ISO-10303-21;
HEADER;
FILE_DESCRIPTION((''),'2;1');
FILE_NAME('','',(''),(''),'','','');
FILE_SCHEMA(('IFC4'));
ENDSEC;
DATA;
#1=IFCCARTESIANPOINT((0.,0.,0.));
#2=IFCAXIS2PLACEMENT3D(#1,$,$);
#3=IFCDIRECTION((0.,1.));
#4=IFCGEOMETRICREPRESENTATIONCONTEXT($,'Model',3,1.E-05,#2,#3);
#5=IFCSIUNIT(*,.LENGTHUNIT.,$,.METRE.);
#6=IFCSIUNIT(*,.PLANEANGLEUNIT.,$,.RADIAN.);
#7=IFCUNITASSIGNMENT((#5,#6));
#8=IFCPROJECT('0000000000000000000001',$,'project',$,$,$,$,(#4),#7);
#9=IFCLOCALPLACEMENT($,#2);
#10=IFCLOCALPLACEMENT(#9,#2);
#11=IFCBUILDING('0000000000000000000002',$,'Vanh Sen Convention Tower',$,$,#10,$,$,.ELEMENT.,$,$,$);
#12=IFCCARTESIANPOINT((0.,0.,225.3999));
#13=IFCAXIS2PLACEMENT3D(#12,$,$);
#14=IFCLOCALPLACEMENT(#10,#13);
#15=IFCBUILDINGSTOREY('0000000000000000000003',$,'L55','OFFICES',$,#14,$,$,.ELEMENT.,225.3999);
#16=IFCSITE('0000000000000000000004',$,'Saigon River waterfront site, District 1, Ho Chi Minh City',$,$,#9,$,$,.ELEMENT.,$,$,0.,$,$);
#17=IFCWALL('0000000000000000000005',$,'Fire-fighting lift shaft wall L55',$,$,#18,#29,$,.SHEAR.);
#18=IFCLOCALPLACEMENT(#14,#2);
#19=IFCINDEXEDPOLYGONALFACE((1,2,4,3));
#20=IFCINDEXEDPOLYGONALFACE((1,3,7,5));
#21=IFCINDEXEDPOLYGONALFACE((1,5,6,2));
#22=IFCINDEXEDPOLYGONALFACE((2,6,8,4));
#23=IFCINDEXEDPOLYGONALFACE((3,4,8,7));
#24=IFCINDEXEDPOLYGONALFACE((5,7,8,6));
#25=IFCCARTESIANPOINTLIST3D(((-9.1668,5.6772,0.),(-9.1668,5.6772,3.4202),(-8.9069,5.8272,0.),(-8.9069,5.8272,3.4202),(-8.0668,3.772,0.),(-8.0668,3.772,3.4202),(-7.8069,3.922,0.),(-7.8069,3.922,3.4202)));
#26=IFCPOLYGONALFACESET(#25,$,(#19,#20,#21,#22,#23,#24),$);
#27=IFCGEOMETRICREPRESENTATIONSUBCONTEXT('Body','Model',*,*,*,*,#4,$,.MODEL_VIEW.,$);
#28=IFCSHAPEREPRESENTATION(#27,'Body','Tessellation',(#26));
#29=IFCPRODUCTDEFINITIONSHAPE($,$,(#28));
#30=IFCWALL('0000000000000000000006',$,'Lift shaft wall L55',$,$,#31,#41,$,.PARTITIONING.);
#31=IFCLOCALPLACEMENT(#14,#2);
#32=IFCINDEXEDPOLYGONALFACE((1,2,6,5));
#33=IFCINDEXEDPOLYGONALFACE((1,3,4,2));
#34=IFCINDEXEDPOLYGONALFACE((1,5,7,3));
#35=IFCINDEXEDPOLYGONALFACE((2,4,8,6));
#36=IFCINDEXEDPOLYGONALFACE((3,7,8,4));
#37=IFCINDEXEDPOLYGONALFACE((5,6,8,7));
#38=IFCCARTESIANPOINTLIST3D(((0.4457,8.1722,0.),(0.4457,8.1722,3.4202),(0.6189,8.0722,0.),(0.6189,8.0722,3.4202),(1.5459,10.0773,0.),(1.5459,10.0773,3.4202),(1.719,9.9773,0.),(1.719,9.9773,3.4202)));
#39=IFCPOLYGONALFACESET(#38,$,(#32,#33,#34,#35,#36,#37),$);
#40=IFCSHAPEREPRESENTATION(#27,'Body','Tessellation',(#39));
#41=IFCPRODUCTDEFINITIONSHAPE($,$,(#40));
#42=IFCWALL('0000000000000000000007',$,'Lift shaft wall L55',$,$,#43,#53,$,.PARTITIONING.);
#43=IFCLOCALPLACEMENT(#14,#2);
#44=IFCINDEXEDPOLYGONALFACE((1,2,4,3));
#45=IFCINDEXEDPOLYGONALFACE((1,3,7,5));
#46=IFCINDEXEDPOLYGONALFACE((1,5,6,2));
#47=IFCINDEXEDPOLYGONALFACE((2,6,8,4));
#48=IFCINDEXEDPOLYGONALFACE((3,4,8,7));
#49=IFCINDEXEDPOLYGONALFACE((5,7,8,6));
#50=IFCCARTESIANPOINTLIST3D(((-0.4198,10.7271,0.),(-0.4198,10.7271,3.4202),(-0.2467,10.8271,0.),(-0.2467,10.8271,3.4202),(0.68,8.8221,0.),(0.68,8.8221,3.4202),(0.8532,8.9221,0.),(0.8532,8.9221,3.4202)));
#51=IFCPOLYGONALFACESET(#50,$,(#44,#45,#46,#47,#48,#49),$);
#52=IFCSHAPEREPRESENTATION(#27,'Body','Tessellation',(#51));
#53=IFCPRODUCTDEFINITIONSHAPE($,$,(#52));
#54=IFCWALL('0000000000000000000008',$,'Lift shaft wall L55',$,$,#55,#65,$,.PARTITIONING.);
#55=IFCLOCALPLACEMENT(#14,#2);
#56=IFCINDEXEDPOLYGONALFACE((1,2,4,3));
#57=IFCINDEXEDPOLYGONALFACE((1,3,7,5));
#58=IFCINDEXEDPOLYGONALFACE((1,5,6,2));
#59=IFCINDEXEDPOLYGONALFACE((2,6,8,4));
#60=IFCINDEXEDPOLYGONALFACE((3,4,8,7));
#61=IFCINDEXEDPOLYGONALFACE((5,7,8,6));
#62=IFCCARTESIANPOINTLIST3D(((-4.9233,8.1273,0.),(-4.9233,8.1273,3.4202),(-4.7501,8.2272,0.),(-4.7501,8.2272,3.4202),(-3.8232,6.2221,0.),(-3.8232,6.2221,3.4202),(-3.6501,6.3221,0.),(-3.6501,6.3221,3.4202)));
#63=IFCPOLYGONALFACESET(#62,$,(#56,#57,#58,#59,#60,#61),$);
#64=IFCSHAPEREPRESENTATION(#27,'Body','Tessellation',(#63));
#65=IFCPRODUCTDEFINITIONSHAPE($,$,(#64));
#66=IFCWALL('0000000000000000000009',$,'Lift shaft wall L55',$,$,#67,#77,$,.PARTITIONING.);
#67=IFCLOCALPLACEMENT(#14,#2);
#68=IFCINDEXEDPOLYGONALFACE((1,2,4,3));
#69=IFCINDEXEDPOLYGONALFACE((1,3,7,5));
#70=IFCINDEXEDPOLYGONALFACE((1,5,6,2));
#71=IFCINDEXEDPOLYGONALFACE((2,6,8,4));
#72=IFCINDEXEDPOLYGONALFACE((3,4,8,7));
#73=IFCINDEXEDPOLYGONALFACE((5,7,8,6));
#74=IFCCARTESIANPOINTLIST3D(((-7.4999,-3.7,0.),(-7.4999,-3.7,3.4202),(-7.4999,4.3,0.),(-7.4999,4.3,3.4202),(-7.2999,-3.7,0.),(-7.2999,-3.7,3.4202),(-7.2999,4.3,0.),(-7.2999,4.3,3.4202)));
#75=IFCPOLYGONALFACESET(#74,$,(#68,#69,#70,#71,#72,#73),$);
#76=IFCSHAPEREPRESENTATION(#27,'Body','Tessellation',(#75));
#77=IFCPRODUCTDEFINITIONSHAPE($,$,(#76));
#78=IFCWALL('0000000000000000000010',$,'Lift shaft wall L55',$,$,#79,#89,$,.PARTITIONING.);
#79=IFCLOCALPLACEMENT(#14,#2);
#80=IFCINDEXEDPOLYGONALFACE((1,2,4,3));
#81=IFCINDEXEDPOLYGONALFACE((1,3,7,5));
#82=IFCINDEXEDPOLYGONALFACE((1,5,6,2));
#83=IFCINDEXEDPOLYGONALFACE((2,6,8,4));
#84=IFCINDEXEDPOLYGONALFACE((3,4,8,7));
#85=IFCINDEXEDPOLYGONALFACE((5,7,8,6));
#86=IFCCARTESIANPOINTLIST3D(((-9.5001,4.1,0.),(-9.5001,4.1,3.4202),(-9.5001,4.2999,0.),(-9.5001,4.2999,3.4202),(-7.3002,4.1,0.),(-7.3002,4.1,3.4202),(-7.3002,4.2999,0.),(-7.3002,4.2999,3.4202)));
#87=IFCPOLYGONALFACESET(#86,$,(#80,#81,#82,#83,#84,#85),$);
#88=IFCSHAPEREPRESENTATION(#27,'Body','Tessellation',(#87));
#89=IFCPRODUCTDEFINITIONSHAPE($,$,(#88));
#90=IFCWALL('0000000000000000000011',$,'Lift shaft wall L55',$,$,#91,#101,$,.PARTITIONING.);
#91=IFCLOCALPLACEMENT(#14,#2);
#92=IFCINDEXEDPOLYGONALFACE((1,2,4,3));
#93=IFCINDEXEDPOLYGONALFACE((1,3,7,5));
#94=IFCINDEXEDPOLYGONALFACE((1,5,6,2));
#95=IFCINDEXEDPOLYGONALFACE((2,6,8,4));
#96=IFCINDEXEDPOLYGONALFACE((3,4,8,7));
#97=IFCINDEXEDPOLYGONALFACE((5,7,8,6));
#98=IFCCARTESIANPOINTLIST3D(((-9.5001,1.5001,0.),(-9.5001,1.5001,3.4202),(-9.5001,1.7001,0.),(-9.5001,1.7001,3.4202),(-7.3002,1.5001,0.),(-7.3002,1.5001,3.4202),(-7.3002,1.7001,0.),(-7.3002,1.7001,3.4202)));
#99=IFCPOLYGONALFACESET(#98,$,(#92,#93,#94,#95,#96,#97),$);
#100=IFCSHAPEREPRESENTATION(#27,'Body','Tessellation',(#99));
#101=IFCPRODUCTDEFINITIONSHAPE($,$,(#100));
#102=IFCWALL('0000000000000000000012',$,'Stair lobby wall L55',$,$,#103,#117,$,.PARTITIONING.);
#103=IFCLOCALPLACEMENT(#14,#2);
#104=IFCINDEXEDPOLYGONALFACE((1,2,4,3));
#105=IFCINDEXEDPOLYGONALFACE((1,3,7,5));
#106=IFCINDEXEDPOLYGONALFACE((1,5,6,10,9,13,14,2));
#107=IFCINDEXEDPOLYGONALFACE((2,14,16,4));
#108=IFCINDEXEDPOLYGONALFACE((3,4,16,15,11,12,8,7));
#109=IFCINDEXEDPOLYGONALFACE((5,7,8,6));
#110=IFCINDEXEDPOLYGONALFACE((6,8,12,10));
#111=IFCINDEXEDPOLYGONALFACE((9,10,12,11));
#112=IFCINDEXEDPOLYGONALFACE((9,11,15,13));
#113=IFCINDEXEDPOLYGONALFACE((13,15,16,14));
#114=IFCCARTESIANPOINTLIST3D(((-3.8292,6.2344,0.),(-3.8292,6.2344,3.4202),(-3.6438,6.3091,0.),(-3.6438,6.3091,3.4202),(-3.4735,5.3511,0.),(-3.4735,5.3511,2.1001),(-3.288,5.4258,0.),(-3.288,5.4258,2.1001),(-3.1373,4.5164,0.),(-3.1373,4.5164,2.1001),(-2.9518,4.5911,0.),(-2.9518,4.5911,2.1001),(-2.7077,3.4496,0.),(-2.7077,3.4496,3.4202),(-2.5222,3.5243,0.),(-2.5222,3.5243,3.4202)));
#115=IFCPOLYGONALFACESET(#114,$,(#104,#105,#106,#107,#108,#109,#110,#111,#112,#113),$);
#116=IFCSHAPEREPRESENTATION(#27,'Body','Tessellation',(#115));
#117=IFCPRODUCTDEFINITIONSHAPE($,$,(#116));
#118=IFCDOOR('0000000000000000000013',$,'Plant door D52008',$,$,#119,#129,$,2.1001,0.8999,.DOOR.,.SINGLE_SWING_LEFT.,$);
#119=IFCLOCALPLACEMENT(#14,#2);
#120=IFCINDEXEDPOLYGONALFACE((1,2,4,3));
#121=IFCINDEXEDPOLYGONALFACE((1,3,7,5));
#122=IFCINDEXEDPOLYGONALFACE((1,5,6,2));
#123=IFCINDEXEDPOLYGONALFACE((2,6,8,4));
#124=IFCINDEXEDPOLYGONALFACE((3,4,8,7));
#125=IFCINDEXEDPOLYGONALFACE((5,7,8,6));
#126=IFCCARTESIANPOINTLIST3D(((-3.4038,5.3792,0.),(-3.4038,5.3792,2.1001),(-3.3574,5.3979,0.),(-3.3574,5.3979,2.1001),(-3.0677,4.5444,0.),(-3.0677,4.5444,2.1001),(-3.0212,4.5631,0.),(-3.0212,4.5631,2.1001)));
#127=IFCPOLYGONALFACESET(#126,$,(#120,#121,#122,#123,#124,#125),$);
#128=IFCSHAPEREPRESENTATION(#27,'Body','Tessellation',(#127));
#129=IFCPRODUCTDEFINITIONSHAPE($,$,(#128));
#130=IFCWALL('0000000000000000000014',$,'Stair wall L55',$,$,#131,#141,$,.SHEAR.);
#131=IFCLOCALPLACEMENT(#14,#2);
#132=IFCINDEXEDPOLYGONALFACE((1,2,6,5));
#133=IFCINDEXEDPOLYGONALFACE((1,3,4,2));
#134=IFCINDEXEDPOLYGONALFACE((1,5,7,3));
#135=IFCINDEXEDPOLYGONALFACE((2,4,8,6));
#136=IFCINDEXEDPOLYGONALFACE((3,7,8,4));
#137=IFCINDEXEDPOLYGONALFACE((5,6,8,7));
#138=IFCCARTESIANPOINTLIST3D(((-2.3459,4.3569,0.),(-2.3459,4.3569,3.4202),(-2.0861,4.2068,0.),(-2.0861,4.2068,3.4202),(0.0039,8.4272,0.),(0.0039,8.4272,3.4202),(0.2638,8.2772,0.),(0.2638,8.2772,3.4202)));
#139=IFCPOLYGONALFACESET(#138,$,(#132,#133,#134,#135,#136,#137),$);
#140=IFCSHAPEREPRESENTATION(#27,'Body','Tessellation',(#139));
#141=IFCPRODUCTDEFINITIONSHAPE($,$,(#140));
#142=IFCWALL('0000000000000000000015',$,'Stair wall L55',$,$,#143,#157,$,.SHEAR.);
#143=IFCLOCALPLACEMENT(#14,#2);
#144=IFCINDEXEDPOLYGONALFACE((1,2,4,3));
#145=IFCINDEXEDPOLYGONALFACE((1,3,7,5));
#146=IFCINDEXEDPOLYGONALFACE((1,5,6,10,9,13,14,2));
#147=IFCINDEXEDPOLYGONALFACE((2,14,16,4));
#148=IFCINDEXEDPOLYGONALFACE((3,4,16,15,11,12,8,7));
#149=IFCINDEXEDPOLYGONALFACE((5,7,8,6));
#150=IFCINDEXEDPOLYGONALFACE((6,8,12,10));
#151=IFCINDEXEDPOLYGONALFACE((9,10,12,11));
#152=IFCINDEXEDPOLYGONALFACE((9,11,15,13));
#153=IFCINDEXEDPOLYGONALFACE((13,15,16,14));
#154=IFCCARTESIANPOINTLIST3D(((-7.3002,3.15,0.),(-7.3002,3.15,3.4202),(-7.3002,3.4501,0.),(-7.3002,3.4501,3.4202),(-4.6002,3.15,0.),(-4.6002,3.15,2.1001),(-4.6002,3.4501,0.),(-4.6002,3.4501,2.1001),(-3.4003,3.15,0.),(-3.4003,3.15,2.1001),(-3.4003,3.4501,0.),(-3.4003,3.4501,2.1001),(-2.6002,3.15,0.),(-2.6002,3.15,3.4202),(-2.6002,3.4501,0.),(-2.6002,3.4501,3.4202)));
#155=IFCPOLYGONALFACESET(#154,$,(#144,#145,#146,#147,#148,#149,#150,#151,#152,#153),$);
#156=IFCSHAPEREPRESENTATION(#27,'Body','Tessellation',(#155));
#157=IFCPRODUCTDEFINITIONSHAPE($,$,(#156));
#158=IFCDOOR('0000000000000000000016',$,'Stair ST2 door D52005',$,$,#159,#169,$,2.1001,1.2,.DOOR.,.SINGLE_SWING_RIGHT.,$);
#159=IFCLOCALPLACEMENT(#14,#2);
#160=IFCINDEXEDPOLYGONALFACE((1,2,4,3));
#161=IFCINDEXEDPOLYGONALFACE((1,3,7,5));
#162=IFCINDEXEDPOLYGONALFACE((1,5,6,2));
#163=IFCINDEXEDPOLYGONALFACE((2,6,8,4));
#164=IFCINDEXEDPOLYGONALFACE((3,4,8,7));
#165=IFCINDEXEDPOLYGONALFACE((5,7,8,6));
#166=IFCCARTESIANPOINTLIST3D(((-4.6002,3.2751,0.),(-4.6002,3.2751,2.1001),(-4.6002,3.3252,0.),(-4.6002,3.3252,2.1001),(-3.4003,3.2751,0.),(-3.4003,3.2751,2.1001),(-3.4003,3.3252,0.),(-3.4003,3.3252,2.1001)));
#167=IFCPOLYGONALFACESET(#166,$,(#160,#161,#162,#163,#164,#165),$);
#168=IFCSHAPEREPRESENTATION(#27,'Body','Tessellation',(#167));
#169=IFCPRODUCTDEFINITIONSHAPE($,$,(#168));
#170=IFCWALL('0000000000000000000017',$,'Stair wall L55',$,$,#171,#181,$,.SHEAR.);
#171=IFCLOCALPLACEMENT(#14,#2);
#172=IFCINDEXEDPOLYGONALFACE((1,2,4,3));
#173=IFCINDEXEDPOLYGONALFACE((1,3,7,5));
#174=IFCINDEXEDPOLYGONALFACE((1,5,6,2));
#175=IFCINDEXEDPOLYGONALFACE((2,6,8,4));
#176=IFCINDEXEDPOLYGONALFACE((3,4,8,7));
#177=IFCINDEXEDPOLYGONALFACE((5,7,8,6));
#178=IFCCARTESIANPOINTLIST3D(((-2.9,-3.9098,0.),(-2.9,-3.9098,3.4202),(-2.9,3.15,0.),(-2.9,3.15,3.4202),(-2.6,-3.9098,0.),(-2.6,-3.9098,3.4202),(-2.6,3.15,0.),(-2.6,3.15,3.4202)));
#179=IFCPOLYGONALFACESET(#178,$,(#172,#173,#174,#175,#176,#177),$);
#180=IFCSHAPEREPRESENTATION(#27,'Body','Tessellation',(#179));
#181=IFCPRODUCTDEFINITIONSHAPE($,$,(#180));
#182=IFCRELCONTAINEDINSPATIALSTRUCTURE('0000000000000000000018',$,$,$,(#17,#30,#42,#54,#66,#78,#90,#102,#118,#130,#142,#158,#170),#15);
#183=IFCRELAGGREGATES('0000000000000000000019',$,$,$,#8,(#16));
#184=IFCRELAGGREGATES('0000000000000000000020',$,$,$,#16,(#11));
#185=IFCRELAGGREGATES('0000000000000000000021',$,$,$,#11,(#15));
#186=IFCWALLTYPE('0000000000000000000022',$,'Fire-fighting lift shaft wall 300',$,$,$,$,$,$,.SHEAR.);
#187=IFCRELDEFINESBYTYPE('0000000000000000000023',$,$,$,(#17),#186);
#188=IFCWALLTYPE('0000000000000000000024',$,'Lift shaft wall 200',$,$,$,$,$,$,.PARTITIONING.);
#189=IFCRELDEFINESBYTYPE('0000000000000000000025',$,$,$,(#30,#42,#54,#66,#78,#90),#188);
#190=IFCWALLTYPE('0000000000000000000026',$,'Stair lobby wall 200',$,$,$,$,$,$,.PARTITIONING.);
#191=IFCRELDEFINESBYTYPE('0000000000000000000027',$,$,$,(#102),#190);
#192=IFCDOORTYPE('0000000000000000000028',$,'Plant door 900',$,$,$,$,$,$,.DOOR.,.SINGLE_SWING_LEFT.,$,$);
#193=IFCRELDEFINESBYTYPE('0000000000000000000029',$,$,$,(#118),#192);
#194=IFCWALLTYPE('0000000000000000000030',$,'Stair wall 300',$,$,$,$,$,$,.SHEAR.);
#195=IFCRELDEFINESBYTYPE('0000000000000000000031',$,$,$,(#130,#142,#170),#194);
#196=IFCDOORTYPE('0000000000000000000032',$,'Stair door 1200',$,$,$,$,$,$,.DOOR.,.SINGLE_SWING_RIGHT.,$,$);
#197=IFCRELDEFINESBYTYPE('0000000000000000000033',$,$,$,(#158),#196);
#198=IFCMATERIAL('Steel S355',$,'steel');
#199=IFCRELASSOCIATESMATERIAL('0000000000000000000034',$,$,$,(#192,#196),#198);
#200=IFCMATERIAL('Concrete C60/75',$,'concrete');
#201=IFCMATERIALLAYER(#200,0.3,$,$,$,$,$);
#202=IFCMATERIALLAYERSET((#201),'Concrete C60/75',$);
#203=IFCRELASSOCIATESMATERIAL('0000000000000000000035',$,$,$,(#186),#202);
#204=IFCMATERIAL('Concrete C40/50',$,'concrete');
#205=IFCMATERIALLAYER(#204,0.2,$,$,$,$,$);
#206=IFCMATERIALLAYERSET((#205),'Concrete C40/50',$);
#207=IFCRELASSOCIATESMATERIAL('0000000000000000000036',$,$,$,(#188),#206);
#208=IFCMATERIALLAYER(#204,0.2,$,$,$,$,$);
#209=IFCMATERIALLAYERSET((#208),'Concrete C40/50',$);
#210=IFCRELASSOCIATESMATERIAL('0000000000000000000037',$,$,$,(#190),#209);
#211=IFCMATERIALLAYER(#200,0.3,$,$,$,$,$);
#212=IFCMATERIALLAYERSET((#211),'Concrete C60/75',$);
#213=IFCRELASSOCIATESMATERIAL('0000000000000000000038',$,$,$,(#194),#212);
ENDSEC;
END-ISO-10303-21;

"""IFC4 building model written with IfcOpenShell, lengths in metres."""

from ifc_helpers import new_model, si_unit, direction, frame, frame_2d, origin, place, context, subcontext, project, spatial, rectangle, extrude, material, layer, layer_set, type_object, element, fill, save


model = new_model("IFC4")

# Units and contexts
model_context = context("Model", 3, precision=1e-05, world=origin(), true_north=direction((0.0, 1.0)))
body_context = subcontext(model_context, "Body", "Model", "MODEL_VIEW")
ifc_project = project(units=[si_unit("LENGTHUNIT", "METRE"), si_unit("PLANEANGLEUNIT", "RADIAN")], contexts=[model_context])

# Site, building, storey
site_placement = place(None, origin())
site = spatial("IfcSite", under=ifc_project, at=site_placement, Name="Saigon River waterfront site, District 1, Ho Chi Minh City", CompositionType="ELEMENT", RefElevation=0.0)
building_placement = place(site_placement, origin())
building = spatial("IfcBuilding", under=site, at=building_placement, Name="Vanh Sen Convention Tower", CompositionType="ELEMENT")
storey_placement = place(building_placement, frame((0.0, 0.0, 225.3999)))
storey = spatial("IfcBuildingStorey", under=building, at=storey_placement, Name="L55", Description="OFFICES", CompositionType="ELEMENT", Elevation=225.3999)

# Shared definitions
ifc_material_1 = material(Name="Concrete C40/50", Category="concrete")

# Shared definitions
ifc_material_2 = material(Name="Concrete C60/75", Category="concrete")
ifc_material_3 = material(Name="Steel S355", Category="steel")
door_type_1 = type_object("IfcDoorType", Name="Plant door 900", OperationType="SINGLE_SWING_LEFT", PredefinedType="DOOR", material=ifc_material_3)

# Shared definitions
ifc_layer_1 = layer(ifc_material_2, 0.3)
ifc_layer_set_1 = layer_set([ifc_layer_1], Name="Concrete C60/75")
wall_type_1 = type_object("IfcWallType", Name="Fire-fighting lift shaft wall 300", PredefinedType="SHEAR", material=ifc_layer_set_1)

# Walls
wall_1_placement = place(storey_placement, frame((-7.9368, 3.8469, 0.0), z_axis=(0.0, 0.0, 1.0), x_axis=(-0.50003, 0.866008, 0.0)))
element("IfcWall", 1, at=wall_1_placement, inside=storey, type_object=wall_type_1, Name="Fire-fighting lift shaft wall L55", PredefinedType="SHEAR", context=body_context, shape_type="SweptSolid", body=[
    extrude(rectangle(XDim=2.2, YDim=0.3, at=frame_2d((1.1001, 0.0))), origin(), (0.0, 0.0, 1.0), 3.4202),
])
ifc_layer_2 = layer(ifc_material_1, 0.2)
ifc_layer_set_2 = layer_set([ifc_layer_2], Name="Concrete C40/50")
wall_type_2 = type_object("IfcWallType", Name="Lift shaft wall 200", PredefinedType="PARTITIONING", material=ifc_layer_set_2)
wall_2_placement = place(storey_placement, frame((0.5322, 8.1221, 0.0), z_axis=(0.0, 0.0, 1.0), x_axis=(0.500078, 0.86598, 0.0)))
element("IfcWall", 2, at=wall_2_placement, inside=storey, type_object=wall_type_2, Name="Lift shaft wall L55", PredefinedType="PARTITIONING", context=body_context, shape_type="SweptSolid", body=[
    extrude(rectangle(XDim=2.2, YDim=0.2, at=frame_2d((1.1001, 0.0))), origin(), (0.0, 0.0, 1.0), 3.4202),
])
wall_3_placement = place(storey_placement, frame((0.7666, 8.8721, 0.0), z_axis=(0.0, 0.0, 1.0), x_axis=(-0.499995, 0.866028, 0.0)))
element("IfcWall", 3, at=wall_3_placement, inside=storey, type_object=wall_type_2, Name="Lift shaft wall L55", PredefinedType="PARTITIONING", context=body_context, shape_type="SweptSolid", body=[
    extrude(rectangle(XDim=2.1997, YDim=0.2, at=frame_2d((1.0999, 0.0))), origin(), (0.0, 0.0, 1.0), 3.4202),
])
wall_4_placement = place(storey_placement, frame((-3.7366, 6.272, 0.0), z_axis=(0.0, 0.0, 1.0), x_axis=(-0.50003, 0.866008, 0.0)))
element("IfcWall", 4, at=wall_4_placement, inside=storey, type_object=wall_type_2, Name="Lift shaft wall L55", PredefinedType="PARTITIONING", context=body_context, shape_type="SweptSolid", body=[
    extrude(rectangle(XDim=2.2, YDim=0.2, at=frame_2d((1.1001, 0.0))), origin(), (0.0, 0.0, 1.0), 3.4202),
])
wall_5_placement = place(storey_placement, frame((-7.3999, 4.3, 0.0), z_axis=(0.0, 0.0, 1.0), x_axis=(0.0, -1.0, 0.0)))
element("IfcWall", 5, at=wall_5_placement, inside=storey, type_object=wall_type_2, Name="Lift shaft wall L55", PredefinedType="PARTITIONING", context=body_context, shape_type="SweptSolid", body=[
    extrude(rectangle(XDim=8.0, YDim=0.2, at=frame_2d((4.0, 0.0))), origin(), (0.0, 0.0, 1.0), 3.4202),
])
for number, where, z_axis, x_axis, name in (
    (6, (-7.3, 4.2, 0.0), (0.0, 0.0, 1.0), (-1.0, 0.0, 0.0), "Lift shaft wall L55"),
    (7, (-7.3, 1.6001, 0.0), (0.0, 0.0, 1.0), (-1.0, 0.0, 0.0), "Lift shaft wall L55"),
):
    element("IfcWall", number, at=place(storey_placement, frame(where, z_axis=z_axis, x_axis=x_axis)), inside=storey, type_object=wall_type_2, Name=name, PredefinedType="PARTITIONING", context=body_context, shape_type="SweptSolid", body=[
        extrude(rectangle(XDim=2.2, YDim=0.2, at=frame_2d((1.1001, 0.0))), origin(), (0.0, 0.0, 1.0), 3.4202),
    ])

# Wall, opening, door
ifc_layer_3 = layer(ifc_material_1, 0.2)
ifc_layer_set_3 = layer_set([ifc_layer_3], Name="Concrete C40/50")
wall_type_3 = type_object("IfcWallType", Name="Stair lobby wall 200", PredefinedType="PARTITIONING", material=ifc_layer_set_3)
wall_6_placement = place(storey_placement, frame((-2.615, 3.4871, 0.0), z_axis=(0.0, 0.0, 1.0), x_axis=(-0.373577, 0.927599, 0.0)))
wall_6 = element("IfcWall", 8, at=wall_6_placement, inside=storey, type_object=wall_type_3, Name="Stair lobby wall L55", PredefinedType="PARTITIONING", context=body_context, shape_type="SweptSolid", body=[
    extrude(rectangle(XDim=3.0022, YDim=0.2, at=frame_2d((1.501, 0.0))), origin(), (0.0, 0.0, 1.0), 3.4202),
])
opening_1_placement = place(wall_6_placement, frame((1.1499, 0.0, 0.0)))
opening_1 = element("IfcOpeningElement", 9, at=opening_1_placement, cuts=wall_6, PredefinedType="OPENING", context=body_context, shape_type="SweptSolid", body=[
    extrude(rectangle(XDim=0.8999, YDim=2.1001, at=frame_2d((0.45, 1.05))), frame((0.0, 0.1099, 0.0), z_axis=(0.0, -1.0, 0.0), x_axis=(1.0, 0.0, 0.0)), (0.0, 0.0, 1.0), 0.22),
])
door_1_placement = place(opening_1_placement, origin())
door_1 = element("IfcDoor", 10, at=door_1_placement, inside=storey, type_object=door_type_1, Name="Plant door D52008", OperationType="SINGLE_SWING_LEFT", OverallHeight=2.1001, OverallWidth=0.8999, PredefinedType="DOOR", context=body_context, shape_type="SweptSolid", body=[
    extrude(rectangle(XDim=0.8999, YDim=2.1001, at=frame_2d((0.45, 1.05))), frame((0.0, 0.0249, 0.0), z_axis=(0.0, -1.0, 0.0), x_axis=(1.0, 0.0, 0.0)), (0.0, 0.0, 1.0), 0.05),
])
fill(opening_1, door_1)

# Wall
ifc_layer_4 = layer(ifc_material_2, 0.3)
ifc_layer_set_4 = layer_set([ifc_layer_4], Name="Concrete C60/75")
wall_type_4 = type_object("IfcWallType", Name="Stair wall 300", PredefinedType="SHEAR", material=ifc_layer_set_4)
wall_7_placement = place(storey_placement, frame((-2.2161, 4.2817, 0.0), z_axis=(0.0, 0.0, 1.0), x_axis=(0.499977, 0.866039, 0.0)))
element("IfcWall", 11, at=wall_7_placement, inside=storey, type_object=wall_type_4, Name="Stair wall L55", PredefinedType="SHEAR", context=body_context, shape_type="SweptSolid", body=[
    extrude(rectangle(XDim=4.7, YDim=0.3, at=frame_2d((2.3501, 0.0))), origin(), (0.0, 0.0, 1.0), 3.4202),
])

# Wall, opening, door
wall_8_placement = place(storey_placement, frame((-2.6001, 3.3, 0.0), z_axis=(0.0, 0.0, 1.0), x_axis=(-1.0, 0.0, 0.0)))
wall_8 = element("IfcWall", 12, at=wall_8_placement, inside=storey, type_object=wall_type_4, Name="Stair wall L55", PredefinedType="SHEAR", context=body_context, shape_type="SweptSolid", body=[
    extrude(rectangle(XDim=4.7, YDim=0.3, at=frame_2d((2.3501, 0.0))), origin(), (0.0, 0.0, 1.0), 3.4202),
])
opening_2_placement = place(wall_8_placement, frame((0.8, 0.0, 0.0)))
opening_2 = element("IfcOpeningElement", 13, at=opening_2_placement, cuts=wall_8, PredefinedType="OPENING", context=body_context, shape_type="SweptSolid", body=[
    extrude(rectangle(XDim=1.2, YDim=2.1001, at=frame_2d((0.6001, 1.05))), frame((0.0, 0.1599, 0.0), z_axis=(0.0, -1.0, 0.0), x_axis=(1.0, 0.0, 0.0)), (0.0, 0.0, 1.0), 0.3201),
])
door_type_2 = type_object("IfcDoorType", Name="Stair door 1200", OperationType="SINGLE_SWING_RIGHT", PredefinedType="DOOR", material=ifc_material_3)
door_2_placement = place(opening_2_placement, origin())
door_2 = element("IfcDoor", 14, at=door_2_placement, inside=storey, type_object=door_type_2, Name="Stair ST2 door D52005", OperationType="SINGLE_SWING_RIGHT", OverallHeight=2.1001, OverallWidth=1.2, PredefinedType="DOOR", context=body_context, shape_type="SweptSolid", body=[
    extrude(rectangle(XDim=1.2, YDim=2.1001, at=frame_2d((0.6001, 1.05))), frame((0.0, 0.0249, 0.0), z_axis=(0.0, -1.0, 0.0), x_axis=(1.0, 0.0, 0.0)), (0.0, 0.0, 1.0), 0.05),
])
fill(opening_2, door_2)

# Wall
for number, where, z_axis, x_axis, name in (
    (15, (-2.75, 3.1499, 0.0), (0.0, 0.0, 1.0), (0.0, -1.0, 0.0), "Stair wall L55"),
):
    element("IfcWall", number, at=place(storey_placement, frame(where, z_axis=z_axis, x_axis=x_axis)), inside=storey, type_object=wall_type_4, Name=name, PredefinedType="SHEAR", context=body_context, shape_type="SweptSolid", body=[
        extrude(rectangle(XDim=7.0598, YDim=0.3, at=frame_2d((3.5298, 0.0))), origin(), (0.0, 0.0, 1.0), 3.4202),
    ])

save(model, "model.ifc")
